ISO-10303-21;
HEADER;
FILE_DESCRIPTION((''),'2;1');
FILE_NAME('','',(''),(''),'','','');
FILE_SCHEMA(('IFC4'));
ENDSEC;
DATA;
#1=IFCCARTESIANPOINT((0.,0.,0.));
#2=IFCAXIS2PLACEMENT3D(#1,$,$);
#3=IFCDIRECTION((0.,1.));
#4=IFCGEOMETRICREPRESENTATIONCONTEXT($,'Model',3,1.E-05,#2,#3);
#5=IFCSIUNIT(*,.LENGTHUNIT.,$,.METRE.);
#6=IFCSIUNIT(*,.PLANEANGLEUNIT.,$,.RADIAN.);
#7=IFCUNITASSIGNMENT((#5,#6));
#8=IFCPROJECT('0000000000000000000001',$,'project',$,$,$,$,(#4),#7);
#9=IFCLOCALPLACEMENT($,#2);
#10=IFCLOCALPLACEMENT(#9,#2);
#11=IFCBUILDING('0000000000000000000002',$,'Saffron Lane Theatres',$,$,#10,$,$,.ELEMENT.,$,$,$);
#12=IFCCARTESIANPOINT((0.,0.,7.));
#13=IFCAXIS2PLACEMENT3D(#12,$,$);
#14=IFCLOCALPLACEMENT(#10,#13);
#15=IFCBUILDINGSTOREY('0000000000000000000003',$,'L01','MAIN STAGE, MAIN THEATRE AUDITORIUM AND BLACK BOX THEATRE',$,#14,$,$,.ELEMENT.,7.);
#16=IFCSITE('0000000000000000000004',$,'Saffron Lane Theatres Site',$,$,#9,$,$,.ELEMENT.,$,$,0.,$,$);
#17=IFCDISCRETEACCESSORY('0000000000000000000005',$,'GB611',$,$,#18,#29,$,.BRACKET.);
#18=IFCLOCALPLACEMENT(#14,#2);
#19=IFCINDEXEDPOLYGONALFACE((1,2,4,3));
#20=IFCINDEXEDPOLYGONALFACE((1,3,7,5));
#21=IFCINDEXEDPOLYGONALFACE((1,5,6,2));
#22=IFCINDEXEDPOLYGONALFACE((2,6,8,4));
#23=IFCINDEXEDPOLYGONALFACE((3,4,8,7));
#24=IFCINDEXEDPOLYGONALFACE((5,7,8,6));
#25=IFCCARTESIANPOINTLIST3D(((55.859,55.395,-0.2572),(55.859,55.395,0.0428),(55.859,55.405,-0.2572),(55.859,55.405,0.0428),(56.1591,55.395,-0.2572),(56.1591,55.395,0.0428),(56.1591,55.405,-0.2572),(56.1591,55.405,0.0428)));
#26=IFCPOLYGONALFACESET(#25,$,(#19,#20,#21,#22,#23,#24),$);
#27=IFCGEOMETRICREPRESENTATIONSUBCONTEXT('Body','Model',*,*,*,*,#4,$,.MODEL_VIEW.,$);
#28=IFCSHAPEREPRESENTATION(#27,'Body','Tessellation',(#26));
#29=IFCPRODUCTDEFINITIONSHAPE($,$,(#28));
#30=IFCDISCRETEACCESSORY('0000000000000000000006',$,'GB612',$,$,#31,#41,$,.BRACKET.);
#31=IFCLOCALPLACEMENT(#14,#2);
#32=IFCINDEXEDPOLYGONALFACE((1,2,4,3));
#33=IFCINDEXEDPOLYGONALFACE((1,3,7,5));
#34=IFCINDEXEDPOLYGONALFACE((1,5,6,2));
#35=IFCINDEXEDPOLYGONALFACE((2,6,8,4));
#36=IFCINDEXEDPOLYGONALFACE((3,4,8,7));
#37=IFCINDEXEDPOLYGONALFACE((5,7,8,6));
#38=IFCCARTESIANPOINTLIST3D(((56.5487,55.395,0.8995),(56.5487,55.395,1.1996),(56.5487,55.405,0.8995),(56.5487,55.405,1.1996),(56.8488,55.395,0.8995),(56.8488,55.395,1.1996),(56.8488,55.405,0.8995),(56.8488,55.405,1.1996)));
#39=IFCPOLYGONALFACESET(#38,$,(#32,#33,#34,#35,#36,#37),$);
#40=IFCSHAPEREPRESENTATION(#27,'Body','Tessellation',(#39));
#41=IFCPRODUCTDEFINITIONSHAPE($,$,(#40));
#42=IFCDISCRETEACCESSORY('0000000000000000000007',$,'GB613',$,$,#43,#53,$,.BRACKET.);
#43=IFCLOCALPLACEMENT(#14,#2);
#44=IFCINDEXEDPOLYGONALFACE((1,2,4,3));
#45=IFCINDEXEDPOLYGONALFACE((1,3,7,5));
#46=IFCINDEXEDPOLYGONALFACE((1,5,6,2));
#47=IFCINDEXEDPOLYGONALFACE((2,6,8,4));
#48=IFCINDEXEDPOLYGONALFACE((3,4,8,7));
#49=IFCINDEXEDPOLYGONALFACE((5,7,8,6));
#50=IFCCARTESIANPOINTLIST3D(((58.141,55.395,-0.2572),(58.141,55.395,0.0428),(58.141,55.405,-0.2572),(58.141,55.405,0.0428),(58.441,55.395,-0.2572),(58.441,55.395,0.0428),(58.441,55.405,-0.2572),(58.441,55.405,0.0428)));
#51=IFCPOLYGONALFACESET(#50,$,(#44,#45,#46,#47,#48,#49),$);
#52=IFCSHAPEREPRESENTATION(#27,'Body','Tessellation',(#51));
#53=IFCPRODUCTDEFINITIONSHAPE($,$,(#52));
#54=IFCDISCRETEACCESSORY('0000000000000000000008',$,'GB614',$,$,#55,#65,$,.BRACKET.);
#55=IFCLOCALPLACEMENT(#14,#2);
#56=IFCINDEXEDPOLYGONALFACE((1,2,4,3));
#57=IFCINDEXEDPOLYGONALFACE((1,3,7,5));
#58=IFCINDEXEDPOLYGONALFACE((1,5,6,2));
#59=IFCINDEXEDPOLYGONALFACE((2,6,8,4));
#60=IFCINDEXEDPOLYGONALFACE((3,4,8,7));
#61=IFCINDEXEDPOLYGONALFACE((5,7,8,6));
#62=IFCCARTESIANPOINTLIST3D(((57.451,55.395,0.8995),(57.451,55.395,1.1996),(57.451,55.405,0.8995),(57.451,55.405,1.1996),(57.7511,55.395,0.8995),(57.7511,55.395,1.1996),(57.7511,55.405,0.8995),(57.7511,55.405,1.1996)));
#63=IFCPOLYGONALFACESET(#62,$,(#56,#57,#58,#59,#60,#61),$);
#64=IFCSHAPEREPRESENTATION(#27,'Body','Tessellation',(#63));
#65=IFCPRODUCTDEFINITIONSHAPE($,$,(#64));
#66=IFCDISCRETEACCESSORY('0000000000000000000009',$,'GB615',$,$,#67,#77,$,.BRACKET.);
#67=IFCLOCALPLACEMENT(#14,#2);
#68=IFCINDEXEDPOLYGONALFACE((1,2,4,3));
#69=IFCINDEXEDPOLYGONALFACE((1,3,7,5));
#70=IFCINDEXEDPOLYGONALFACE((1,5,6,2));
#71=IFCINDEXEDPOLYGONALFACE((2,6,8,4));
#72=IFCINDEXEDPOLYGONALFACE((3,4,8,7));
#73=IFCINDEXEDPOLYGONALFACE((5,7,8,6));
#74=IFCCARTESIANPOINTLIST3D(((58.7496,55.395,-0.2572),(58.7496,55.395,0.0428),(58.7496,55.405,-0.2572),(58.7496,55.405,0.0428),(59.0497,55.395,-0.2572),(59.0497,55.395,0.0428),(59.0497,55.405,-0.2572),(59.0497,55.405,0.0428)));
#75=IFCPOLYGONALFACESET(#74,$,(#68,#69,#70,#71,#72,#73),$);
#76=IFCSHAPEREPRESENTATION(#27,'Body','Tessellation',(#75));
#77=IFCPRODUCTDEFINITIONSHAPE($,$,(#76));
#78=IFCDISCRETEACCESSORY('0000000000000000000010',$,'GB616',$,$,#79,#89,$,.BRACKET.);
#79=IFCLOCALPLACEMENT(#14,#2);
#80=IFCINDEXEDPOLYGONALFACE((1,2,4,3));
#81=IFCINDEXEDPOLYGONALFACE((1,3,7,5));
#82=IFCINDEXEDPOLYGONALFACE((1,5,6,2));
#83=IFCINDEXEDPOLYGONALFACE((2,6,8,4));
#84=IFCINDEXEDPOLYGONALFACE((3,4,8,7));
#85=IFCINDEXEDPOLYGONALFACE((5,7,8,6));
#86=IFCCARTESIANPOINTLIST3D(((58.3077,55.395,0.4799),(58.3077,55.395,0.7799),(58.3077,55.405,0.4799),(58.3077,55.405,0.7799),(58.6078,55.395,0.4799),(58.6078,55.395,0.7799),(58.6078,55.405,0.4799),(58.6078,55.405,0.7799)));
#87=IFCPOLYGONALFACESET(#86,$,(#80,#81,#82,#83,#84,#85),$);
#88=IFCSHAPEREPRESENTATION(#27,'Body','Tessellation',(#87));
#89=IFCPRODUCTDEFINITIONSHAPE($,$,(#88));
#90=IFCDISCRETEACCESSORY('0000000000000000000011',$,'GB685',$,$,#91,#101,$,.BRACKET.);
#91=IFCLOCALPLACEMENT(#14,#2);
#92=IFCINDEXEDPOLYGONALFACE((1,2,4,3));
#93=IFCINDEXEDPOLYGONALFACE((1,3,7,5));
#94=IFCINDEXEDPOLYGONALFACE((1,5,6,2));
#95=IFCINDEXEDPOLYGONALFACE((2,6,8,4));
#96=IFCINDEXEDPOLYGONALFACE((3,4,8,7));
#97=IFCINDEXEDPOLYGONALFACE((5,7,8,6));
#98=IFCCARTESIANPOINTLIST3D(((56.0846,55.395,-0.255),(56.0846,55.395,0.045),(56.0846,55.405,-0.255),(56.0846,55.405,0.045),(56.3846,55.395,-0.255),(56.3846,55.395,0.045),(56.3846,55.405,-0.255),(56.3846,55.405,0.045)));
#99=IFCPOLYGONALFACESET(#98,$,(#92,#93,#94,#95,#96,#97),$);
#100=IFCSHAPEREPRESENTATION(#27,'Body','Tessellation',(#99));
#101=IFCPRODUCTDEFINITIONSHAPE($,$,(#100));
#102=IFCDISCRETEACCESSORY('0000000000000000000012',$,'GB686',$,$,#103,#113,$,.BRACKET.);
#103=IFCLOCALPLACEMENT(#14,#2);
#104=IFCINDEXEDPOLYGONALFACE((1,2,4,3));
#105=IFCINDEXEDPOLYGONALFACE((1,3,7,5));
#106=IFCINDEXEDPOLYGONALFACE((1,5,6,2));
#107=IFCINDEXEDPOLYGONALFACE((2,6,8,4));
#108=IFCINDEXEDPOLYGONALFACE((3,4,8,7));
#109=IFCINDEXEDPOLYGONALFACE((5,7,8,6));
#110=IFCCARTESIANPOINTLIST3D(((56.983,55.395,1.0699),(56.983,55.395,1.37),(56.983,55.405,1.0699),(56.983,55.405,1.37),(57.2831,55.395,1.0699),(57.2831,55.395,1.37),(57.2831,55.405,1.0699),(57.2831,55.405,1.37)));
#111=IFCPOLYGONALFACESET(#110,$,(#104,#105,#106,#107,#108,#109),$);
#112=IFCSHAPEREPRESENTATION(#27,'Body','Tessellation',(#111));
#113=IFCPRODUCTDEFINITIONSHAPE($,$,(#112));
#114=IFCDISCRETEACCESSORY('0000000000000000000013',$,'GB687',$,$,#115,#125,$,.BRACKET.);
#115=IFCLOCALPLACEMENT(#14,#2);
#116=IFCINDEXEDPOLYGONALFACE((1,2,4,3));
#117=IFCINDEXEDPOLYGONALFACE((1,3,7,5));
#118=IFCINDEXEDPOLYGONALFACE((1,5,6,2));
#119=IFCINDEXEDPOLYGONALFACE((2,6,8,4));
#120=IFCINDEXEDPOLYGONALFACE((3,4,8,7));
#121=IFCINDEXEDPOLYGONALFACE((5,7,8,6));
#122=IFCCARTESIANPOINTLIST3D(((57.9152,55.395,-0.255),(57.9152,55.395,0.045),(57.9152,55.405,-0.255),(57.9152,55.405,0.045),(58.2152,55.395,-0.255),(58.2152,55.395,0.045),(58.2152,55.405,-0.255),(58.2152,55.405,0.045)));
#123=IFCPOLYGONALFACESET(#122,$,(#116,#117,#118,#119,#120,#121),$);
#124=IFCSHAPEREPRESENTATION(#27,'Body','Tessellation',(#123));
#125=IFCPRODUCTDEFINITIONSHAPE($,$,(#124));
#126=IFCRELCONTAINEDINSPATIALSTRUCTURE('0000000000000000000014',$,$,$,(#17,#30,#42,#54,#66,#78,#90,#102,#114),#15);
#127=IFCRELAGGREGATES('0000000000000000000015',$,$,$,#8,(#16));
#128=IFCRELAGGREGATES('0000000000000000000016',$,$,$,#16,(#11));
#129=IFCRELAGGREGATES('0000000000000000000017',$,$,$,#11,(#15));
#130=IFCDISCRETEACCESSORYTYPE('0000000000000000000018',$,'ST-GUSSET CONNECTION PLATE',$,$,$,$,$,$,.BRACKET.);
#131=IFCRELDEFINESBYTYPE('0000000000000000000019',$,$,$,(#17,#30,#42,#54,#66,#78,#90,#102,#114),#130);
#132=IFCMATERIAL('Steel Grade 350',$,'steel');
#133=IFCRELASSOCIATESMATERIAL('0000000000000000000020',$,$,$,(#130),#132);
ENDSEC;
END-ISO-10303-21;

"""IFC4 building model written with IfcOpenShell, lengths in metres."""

from ifc_helpers import new_model, si_unit, direction, frame, origin, origin_2d, place, context, subcontext, project, spatial, rectangle, extrude, material, material_profile, profile_set, type_object, element, save


model = new_model("IFC4")

# Units and contexts
model_context = context("Model", 3, precision=1e-05, world=origin(), true_north=direction((0.0, 1.0)))
body_context = subcontext(model_context, "Body", "Model", "MODEL_VIEW")
ifc_project = project(units=[si_unit("LENGTHUNIT", "METRE"), si_unit("PLANEANGLEUNIT", "RADIAN")], contexts=[model_context])

# Site, building, storey
site_placement = place(None, origin())
site = spatial("IfcSite", under=ifc_project, at=site_placement, Name="Saffron Lane Theatres Site", CompositionType="ELEMENT", RefElevation=0.0)
building_placement = place(site_placement, origin())
building = spatial("IfcBuilding", under=site, at=building_placement, Name="Saffron Lane Theatres", CompositionType="ELEMENT")
storey_placement = place(building_placement, frame((0.0, 0.0, 7.0)))
storey = spatial("IfcBuildingStorey", under=building, at=storey_placement, Name="L01", Description="MAIN STAGE, MAIN THEATRE AUDITORIUM AND BLACK BOX THEATRE", CompositionType="ELEMENT", Elevation=7.0)

# Discrete accessories
ifc_material_1 = material(Name="Steel Grade 350", Category="steel")
ifc_material_profile_1 = material_profile(ifc_material_1, rectangle(XDim=0.3, YDim=0.3, at=origin_2d()))
ifc_profile_set_1 = profile_set([ifc_material_profile_1], Name="Steel Grade 350")
discrete_accessory_type = type_object("IfcDiscreteAccessoryType", Name="ST-GUSSET CONNECTION PLATE", PredefinedType="BRACKET", material=ifc_profile_set_1)
for number, where, z_axis, x_axis, name in (
    (1, (56.009, 55.395, -0.1072), (0.0, 1.0, 0.0), (-1.0, 0.0, 0.0), "GB611"),
    (2, (56.6987, 55.395, 1.0496), (0.0, 1.0, 0.0), (-1.0, 0.0, 0.0), "GB612"),
    (3, (58.291, 55.395, -0.1072), (0.0, 1.0, 0.0), (-1.0, 0.0, 0.0), "GB613"),
    (4, (57.6011, 55.395, 1.0496), (0.0, 1.0, 0.0), (-1.0, 0.0, 0.0), "GB614"),
    (5, (58.8997, 55.395, -0.1072), (0.0, 1.0, 0.0), (-1.0, 0.0, 0.0), "GB615"),
    (6, (58.4578, 55.395, 0.6299), (0.0, 1.0, 0.0), (-1.0, 0.0, 0.0), "GB616"),
    (7, (56.2346, 55.395, -0.105), (0.0, 1.0, 0.0), (-1.0, 0.0, 0.0), "GB685"),
    (8, (57.1331, 55.395, 1.22), (0.0, 1.0, 0.0), (-1.0, 0.0, 0.0), "GB686"),
    (9, (58.0652, 55.395, -0.105), (0.0, 1.0, 0.0), (-1.0, 0.0, 0.0), "GB687"),
):
    element("IfcDiscreteAccessory", number, at=place(storey_placement, frame(where, z_axis=z_axis, x_axis=x_axis)), inside=storey, type_object=discrete_accessory_type, Name=name, PredefinedType="BRACKET", context=body_context, shape_type="SweptSolid", body=[
        extrude(rectangle(XDim=0.3, YDim=0.3, at=origin_2d()), origin(), (0.0, 0.0, 1.0), 0.01),
    ])

save(model, "model.ifc")
